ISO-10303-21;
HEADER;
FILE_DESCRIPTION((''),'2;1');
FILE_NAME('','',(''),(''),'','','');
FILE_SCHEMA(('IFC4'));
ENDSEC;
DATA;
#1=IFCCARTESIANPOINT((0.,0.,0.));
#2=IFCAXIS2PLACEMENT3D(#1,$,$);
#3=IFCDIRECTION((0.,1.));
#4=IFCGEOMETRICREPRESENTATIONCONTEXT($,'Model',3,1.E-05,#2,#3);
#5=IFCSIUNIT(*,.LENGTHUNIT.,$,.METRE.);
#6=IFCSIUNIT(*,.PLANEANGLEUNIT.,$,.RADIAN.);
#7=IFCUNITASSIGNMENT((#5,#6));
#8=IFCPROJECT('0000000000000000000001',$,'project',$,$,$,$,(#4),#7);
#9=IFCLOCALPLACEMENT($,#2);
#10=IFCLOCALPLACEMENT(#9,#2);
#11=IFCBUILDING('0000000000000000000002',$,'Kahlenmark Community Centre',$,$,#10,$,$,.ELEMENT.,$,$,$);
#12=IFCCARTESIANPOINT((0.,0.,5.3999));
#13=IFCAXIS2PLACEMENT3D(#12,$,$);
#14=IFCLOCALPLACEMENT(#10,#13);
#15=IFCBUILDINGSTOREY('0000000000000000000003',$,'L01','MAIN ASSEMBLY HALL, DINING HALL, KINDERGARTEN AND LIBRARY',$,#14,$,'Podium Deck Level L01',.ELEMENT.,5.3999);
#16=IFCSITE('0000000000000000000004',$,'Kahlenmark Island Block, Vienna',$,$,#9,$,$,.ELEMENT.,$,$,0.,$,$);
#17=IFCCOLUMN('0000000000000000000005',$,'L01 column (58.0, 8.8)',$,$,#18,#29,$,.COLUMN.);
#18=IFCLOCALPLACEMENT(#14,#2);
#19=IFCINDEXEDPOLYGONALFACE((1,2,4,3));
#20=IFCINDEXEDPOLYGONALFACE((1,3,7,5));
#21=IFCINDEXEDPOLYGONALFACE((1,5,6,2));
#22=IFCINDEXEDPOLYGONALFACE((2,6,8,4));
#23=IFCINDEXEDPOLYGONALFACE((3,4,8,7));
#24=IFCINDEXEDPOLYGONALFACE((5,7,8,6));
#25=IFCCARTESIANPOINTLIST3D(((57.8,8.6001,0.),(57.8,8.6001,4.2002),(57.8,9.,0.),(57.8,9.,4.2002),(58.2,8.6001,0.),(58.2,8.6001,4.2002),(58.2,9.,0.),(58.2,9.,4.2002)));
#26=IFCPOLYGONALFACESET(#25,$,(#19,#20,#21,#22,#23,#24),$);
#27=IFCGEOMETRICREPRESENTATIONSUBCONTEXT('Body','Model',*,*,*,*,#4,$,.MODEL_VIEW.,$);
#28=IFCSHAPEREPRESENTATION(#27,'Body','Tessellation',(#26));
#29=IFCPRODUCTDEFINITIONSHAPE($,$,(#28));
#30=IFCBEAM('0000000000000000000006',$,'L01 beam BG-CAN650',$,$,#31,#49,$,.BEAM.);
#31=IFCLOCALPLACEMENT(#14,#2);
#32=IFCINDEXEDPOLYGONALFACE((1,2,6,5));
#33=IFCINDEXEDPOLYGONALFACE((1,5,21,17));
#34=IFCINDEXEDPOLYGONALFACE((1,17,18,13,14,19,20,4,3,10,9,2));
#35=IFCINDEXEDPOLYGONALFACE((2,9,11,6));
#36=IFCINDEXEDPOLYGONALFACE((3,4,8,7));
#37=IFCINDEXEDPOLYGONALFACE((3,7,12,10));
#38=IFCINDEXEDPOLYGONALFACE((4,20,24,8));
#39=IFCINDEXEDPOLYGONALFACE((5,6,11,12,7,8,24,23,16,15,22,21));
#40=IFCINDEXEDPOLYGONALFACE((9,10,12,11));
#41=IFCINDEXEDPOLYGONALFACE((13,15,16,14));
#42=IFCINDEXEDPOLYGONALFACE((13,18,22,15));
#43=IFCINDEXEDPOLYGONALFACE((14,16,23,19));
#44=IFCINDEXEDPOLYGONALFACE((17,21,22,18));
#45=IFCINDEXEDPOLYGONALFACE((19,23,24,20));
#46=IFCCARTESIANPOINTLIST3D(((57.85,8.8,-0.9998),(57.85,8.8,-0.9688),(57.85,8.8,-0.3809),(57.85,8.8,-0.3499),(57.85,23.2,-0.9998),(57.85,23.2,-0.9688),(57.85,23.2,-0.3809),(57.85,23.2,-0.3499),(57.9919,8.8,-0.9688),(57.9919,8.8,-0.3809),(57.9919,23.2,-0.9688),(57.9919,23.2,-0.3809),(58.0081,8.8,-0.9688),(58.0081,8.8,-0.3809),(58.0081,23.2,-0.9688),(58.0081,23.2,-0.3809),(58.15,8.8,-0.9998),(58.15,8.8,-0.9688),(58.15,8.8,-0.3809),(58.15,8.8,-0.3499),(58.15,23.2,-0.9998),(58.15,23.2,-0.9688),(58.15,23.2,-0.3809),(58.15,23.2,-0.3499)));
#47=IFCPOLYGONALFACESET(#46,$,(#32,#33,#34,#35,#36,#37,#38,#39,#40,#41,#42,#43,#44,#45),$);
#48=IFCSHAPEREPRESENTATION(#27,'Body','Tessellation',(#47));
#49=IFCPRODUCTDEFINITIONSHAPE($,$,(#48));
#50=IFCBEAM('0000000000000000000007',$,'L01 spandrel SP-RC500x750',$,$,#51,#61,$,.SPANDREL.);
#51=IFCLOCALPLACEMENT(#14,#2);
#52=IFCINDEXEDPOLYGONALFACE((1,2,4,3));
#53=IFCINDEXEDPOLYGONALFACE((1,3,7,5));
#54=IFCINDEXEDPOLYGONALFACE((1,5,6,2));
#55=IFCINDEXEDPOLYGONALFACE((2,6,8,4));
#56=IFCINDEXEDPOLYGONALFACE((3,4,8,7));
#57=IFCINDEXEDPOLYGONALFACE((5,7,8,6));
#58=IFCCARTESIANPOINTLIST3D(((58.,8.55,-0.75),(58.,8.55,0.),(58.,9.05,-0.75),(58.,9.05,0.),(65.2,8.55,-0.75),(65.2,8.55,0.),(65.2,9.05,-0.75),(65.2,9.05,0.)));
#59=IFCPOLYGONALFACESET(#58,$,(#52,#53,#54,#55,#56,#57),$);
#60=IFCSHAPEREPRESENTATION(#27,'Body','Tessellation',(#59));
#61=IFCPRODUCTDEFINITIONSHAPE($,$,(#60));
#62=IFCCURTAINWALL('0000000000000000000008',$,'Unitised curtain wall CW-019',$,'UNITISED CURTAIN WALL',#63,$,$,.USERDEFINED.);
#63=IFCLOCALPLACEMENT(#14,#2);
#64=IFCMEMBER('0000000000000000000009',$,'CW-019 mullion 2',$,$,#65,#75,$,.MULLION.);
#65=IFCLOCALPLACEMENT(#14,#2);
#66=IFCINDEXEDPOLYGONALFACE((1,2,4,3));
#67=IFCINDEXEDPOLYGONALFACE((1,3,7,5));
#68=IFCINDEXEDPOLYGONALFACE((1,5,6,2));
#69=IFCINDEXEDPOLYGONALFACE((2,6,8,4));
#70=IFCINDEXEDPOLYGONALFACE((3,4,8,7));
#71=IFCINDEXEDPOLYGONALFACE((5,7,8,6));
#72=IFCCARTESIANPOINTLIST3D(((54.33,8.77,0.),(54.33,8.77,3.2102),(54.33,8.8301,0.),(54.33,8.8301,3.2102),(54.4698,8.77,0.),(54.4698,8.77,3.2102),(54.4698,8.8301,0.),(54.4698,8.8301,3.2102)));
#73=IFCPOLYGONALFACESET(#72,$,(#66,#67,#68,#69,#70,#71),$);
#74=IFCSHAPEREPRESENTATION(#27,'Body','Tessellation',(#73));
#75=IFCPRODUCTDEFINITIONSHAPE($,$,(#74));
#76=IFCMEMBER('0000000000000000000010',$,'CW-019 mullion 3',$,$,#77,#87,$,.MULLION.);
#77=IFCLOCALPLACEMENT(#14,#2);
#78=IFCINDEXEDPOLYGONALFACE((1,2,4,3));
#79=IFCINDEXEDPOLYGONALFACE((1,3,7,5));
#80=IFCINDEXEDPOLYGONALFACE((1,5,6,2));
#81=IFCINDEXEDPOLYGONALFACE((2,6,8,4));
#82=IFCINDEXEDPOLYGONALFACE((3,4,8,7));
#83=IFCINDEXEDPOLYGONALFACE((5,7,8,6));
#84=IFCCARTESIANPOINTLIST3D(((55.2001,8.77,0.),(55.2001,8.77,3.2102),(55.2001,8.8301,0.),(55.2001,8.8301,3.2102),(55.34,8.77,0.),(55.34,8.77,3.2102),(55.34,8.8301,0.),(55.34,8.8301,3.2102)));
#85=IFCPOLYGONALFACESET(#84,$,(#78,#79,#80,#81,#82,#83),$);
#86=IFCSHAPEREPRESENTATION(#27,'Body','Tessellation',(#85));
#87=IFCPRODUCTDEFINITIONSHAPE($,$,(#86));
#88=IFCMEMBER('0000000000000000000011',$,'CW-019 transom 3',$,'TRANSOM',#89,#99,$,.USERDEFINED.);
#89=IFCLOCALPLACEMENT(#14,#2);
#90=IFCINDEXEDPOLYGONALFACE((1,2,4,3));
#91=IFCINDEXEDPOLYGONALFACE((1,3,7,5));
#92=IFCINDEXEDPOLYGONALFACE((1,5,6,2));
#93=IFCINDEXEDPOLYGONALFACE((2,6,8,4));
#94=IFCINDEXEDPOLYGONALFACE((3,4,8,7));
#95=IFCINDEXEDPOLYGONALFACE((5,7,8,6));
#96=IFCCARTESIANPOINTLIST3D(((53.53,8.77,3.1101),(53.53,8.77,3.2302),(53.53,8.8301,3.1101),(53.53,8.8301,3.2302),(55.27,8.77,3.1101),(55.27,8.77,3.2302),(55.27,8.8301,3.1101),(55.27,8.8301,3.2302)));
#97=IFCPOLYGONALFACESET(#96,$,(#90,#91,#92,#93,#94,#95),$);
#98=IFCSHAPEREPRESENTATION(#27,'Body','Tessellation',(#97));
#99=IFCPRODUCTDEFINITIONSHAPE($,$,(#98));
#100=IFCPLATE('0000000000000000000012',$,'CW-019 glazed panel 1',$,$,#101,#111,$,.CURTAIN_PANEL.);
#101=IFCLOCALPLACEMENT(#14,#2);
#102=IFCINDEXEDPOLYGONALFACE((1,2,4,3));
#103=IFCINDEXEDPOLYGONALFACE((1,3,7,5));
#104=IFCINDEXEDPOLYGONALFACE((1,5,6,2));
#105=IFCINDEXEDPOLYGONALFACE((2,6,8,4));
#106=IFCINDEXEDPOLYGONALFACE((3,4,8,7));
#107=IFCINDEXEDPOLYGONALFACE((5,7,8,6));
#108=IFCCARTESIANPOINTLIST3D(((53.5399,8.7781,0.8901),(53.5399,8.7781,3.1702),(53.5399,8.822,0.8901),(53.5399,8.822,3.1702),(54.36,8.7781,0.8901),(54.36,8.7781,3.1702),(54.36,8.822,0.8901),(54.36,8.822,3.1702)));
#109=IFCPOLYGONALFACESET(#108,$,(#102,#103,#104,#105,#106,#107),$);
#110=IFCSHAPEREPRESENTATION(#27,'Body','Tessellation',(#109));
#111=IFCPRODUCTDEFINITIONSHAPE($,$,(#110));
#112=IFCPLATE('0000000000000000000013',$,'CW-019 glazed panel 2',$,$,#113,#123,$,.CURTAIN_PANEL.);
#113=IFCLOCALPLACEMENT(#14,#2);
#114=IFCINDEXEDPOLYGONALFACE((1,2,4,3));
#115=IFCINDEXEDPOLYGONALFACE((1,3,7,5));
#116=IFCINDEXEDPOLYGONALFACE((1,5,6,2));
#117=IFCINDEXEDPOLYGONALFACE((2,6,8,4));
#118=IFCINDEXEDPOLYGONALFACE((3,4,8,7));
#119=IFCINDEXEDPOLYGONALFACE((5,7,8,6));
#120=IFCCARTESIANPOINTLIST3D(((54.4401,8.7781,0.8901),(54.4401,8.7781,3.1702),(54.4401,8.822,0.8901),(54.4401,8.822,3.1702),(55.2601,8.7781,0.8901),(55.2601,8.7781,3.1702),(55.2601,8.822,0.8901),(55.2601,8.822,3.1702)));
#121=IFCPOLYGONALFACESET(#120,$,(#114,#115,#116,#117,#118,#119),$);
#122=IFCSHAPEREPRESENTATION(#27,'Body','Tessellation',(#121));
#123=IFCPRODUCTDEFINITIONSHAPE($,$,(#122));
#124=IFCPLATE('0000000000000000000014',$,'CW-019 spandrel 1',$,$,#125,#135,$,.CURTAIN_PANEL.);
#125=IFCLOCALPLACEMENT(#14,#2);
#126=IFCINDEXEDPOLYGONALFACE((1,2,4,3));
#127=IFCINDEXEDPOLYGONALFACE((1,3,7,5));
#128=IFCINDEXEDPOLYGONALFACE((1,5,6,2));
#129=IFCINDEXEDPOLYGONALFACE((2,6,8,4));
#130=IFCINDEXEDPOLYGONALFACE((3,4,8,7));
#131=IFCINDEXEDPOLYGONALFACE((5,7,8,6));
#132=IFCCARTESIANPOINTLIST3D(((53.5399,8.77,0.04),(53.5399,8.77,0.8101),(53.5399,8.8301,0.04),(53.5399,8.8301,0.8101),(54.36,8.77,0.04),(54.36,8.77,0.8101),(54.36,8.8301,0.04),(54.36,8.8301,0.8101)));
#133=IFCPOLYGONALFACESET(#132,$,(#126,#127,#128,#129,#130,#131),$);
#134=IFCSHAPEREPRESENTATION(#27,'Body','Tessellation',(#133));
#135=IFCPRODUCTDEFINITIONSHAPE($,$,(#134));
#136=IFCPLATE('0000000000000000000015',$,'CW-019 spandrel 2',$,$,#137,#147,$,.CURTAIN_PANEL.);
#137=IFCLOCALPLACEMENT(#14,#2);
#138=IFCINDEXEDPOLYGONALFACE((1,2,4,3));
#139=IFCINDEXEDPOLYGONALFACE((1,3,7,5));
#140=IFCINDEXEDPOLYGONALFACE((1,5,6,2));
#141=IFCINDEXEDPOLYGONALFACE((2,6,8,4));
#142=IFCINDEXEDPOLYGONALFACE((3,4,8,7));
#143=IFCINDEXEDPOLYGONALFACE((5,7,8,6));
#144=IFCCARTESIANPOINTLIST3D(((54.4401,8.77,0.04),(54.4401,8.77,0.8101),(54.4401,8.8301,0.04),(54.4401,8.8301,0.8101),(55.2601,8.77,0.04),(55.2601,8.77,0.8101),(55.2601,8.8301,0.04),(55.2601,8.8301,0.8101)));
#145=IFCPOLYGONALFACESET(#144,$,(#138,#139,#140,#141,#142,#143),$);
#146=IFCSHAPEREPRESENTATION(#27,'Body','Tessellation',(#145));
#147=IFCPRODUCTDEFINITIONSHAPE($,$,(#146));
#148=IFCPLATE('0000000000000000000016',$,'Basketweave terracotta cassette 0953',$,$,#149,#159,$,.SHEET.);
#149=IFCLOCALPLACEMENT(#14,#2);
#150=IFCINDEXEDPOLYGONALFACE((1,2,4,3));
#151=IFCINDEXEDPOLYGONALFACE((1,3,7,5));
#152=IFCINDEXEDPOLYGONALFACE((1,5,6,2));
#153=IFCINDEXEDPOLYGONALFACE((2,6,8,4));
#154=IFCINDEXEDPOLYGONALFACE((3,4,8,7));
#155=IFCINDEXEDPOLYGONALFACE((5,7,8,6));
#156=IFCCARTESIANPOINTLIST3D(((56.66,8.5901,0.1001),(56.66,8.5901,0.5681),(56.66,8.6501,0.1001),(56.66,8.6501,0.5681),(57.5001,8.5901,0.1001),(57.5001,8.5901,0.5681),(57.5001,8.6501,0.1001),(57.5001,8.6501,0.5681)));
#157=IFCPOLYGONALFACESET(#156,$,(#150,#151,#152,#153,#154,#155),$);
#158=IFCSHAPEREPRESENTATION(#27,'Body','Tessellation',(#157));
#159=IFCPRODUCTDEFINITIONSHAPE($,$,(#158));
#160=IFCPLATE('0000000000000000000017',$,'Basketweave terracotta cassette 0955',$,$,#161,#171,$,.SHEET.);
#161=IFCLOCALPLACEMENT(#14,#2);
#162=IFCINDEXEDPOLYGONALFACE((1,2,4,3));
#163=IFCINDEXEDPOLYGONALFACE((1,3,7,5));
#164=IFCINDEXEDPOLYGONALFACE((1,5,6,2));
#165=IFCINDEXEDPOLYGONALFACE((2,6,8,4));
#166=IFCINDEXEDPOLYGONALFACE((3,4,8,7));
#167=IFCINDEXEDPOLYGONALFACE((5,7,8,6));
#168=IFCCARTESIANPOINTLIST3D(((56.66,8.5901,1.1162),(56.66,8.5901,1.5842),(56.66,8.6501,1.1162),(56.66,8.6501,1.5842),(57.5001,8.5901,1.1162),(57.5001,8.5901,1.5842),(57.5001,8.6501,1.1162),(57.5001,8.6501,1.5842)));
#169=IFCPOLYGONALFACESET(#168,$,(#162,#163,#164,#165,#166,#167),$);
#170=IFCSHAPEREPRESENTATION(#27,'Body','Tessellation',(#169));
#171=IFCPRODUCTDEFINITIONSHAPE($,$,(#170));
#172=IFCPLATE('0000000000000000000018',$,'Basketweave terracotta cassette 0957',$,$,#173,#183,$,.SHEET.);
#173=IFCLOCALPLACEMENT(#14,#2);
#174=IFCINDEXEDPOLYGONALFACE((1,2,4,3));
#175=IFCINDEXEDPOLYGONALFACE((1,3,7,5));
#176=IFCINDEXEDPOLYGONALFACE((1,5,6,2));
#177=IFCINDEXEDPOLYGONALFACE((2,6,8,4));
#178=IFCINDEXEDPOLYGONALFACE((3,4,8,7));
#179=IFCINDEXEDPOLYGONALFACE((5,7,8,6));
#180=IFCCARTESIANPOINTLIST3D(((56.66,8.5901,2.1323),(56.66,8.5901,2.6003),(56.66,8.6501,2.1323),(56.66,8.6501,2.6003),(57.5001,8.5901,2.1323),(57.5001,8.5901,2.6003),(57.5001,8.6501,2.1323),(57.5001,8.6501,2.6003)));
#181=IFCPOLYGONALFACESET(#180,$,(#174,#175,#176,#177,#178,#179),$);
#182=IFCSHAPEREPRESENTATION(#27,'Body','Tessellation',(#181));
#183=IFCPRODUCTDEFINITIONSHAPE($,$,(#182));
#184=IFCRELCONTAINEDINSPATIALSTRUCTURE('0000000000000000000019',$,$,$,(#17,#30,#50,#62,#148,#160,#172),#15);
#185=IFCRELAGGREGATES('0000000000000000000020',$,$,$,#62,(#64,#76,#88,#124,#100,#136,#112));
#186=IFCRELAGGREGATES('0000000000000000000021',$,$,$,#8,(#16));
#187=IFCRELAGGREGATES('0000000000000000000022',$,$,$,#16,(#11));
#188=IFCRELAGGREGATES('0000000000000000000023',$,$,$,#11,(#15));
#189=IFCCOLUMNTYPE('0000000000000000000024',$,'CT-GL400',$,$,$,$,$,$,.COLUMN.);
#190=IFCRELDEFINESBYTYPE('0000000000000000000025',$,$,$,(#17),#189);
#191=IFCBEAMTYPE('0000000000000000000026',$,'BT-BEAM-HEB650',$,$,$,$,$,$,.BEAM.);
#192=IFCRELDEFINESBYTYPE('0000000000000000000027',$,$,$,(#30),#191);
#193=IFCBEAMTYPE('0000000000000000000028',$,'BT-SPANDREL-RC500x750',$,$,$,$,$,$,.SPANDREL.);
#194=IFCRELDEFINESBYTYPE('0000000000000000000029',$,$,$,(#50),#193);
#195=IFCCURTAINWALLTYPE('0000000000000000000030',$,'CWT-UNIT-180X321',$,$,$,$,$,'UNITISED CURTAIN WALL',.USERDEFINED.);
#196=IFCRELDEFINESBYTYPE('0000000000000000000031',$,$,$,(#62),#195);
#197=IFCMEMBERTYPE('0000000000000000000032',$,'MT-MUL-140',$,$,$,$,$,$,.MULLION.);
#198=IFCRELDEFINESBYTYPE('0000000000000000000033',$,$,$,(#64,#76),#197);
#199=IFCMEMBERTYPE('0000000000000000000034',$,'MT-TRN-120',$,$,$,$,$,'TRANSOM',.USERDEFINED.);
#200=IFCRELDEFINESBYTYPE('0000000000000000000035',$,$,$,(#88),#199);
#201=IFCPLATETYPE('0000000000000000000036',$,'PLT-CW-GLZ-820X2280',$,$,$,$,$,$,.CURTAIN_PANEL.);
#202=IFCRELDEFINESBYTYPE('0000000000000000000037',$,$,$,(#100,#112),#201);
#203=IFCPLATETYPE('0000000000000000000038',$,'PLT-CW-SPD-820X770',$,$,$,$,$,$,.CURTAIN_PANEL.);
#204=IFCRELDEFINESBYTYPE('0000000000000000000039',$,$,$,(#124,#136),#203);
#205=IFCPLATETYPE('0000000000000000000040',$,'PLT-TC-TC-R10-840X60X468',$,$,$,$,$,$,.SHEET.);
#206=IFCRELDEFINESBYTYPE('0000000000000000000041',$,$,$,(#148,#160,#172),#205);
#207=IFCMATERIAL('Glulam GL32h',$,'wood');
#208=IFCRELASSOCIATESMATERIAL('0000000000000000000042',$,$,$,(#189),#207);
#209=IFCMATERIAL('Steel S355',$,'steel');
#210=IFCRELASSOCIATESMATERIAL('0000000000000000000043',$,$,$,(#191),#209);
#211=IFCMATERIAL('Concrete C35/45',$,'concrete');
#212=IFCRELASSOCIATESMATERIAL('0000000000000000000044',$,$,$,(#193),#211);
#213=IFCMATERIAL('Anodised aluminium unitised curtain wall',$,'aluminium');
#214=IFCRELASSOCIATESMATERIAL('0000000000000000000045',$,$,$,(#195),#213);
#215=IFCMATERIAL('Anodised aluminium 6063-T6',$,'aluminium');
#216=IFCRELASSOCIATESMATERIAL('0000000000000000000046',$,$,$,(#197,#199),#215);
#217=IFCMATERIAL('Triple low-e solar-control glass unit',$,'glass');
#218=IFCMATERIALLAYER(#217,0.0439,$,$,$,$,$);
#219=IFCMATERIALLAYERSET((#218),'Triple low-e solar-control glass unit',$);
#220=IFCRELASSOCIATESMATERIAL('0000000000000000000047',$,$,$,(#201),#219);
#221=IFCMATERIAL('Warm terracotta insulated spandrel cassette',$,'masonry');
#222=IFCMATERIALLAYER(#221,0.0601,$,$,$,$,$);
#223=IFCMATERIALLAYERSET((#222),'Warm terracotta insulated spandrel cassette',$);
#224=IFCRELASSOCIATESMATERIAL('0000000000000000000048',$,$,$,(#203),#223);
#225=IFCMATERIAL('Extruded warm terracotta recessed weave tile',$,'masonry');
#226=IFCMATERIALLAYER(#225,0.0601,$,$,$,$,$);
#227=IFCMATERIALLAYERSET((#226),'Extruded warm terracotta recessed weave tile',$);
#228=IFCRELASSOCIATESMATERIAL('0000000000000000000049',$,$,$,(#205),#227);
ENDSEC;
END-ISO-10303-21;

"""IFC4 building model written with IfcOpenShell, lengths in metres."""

from ifc_helpers import new_model, si_unit, direction, frame, origin, origin_2d, place, context, subcontext, project, spatial, rectangle, i_section, extrude, material, layer, layer_set, material_profile, profile_set, type_object, element, aggregate, save


model = new_model("IFC4")

# Units and contexts
model_context = context("Model", 3, precision=1e-05, world=origin(), true_north=direction((0.0, 1.0)))
body_context = subcontext(model_context, "Body", "Model", "MODEL_VIEW")
ifc_project = project(units=[si_unit("LENGTHUNIT", "METRE"), si_unit("PLANEANGLEUNIT", "RADIAN")], contexts=[model_context])

# Site, building, storey
site_placement = place(None, origin())
site = spatial("IfcSite", under=ifc_project, at=site_placement, Name="Kahlenmark Island Block, Vienna", CompositionType="ELEMENT", RefElevation=0.0)
building_placement = place(site_placement, origin())
building = spatial("IfcBuilding", under=site, at=building_placement, Name="Kahlenmark Community Centre", CompositionType="ELEMENT")
storey_placement = place(building_placement, frame((0.0, 0.0, 5.3999)))
storey = spatial("IfcBuildingStorey", under=building, at=storey_placement, Name="L01", Description="MAIN ASSEMBLY HALL, DINING HALL, KINDERGARTEN AND LIBRARY", LongName="Podium Deck Level L01", CompositionType="ELEMENT", Elevation=5.3999)

# Column
ifc_material_1 = material(Name="Glulam GL32h", Category="wood")
ifc_material_profile_1 = material_profile(ifc_material_1, rectangle(XDim=0.3999, YDim=0.3999, at=origin_2d()), Name="GL32h 400x400")
ifc_profile_set_1 = profile_set([ifc_material_profile_1], Name="Glulam GL32h")
column_type = type_object("IfcColumnType", Name="CT-GL400", PredefinedType="COLUMN", material=ifc_profile_set_1)
column_placement = place(storey_placement, frame((58.0, 8.8, 0.0), z_axis=(0.0, 0.0, 1.0), x_axis=(1.0, 0.0, 0.0)))
element("IfcColumn", 1, at=column_placement, inside=storey, type_object=column_type, Name="L01 column (58.0, 8.8)", PredefinedType="COLUMN", context=body_context, shape_type="SweptSolid", body=[
    extrude(rectangle(XDim=0.3999, YDim=0.3999, at=origin_2d()), origin(), (0.0, 0.0, 1.0), 4.2002),
])

# Beams
ifc_material_2 = material(Name="Steel S355", Category="steel")
ifc_material_profile_2 = material_profile(ifc_material_2, i_section(OverallWidth=0.3, OverallDepth=0.6499, WebThickness=0.0161, FlangeThickness=0.031, at=origin_2d()), Name="HEB 650")
ifc_profile_set_2 = profile_set([ifc_material_profile_2], Name="Steel S355")
beam_type_1 = type_object("IfcBeamType", Name="BT-BEAM-HEB650", PredefinedType="BEAM", material=ifc_profile_set_2)
beam_1_placement = place(storey_placement, frame((58.0, 8.8, -0.6748), z_axis=(0.0, 1.0, 0.0), x_axis=(-1.0, 0.0, 0.0)))
element("IfcBeam", 2, at=beam_1_placement, inside=storey, type_object=beam_type_1, Name="L01 beam BG-CAN650", PredefinedType="BEAM", context=body_context, shape_type="SweptSolid", body=[
    extrude(i_section(OverallWidth=0.3, OverallDepth=0.6499, WebThickness=0.0161, FlangeThickness=0.031, at=origin_2d()), origin(), (0.0, 0.0, 1.0), 14.3999),
])
ifc_material_3 = material(Name="Concrete C35/45", Category="concrete")
ifc_material_profile_3 = material_profile(ifc_material_3, rectangle(XDim=0.5, YDim=0.75, at=origin_2d()), Name="RC 500x750")
ifc_profile_set_3 = profile_set([ifc_material_profile_3], Name="Concrete C35/45")
beam_type_2 = type_object("IfcBeamType", Name="BT-SPANDREL-RC500x750", PredefinedType="SPANDREL", material=ifc_profile_set_3)
beam_2_placement = place(storey_placement, frame((58.0, 8.8, -0.375), z_axis=(1.0, 0.0, 0.0), x_axis=(0.0, 1.0, 0.0)))
element("IfcBeam", 3, at=beam_2_placement, inside=storey, type_object=beam_type_2, Name="L01 spandrel SP-RC500x750", PredefinedType="SPANDREL", context=body_context, shape_type="SweptSolid", body=[
    extrude(rectangle(XDim=0.5, YDim=0.75, at=origin_2d()), origin(), (0.0, 0.0, 1.0), 7.2),
])

# Curtain wall, members, plates
ifc_material_4 = material(Name="Anodised aluminium unitised curtain wall", Category="aluminium")
curtain_wall_type = type_object("IfcCurtainWallType", Name="CWT-UNIT-180X321", ElementType="UNITISED CURTAIN WALL", PredefinedType="USERDEFINED", material=ifc_material_4)
curtain_wall_placement = place(storey_placement, origin())
curtain_wall = element("IfcCurtainWall", 4, at=curtain_wall_placement, inside=storey, type_object=curtain_wall_type, Name="Unitised curtain wall CW-019", ObjectType="UNITISED CURTAIN WALL", PredefinedType="USERDEFINED")
ifc_material_5 = material(Name="Anodised aluminium 6063-T6", Category="aluminium")
ifc_material_profile_4 = material_profile(ifc_material_5, rectangle(XDim=0.0601, YDim=0.1399, at=origin_2d()), Name="ALU MULLION 60x140")
ifc_profile_set_4 = profile_set([ifc_material_profile_4], Name="Anodised aluminium 6063-T6")
member_type_1 = type_object("IfcMemberType", Name="MT-MUL-140", PredefinedType="MULLION", material=ifc_profile_set_4)
member_1_placement = place(storey_placement, frame((54.3999, 8.8, 0.0), z_axis=(0.0, 0.0, 1.0), x_axis=(0.0, 1.0, 0.0)))
member_1 = element("IfcMember", 5, at=member_1_placement, type_object=member_type_1, Name="CW-019 mullion 2", PredefinedType="MULLION", context=body_context, shape_type="SweptSolid", body=[
    extrude(rectangle(XDim=0.0601, YDim=0.1399, at=origin_2d()), origin(), (0.0, 0.0, 1.0), 3.2102),
])
member_2_placement = place(storey_placement, frame((55.27, 8.8, 0.0), z_axis=(0.0, 0.0, 1.0), x_axis=(0.0, 1.0, 0.0)))
member_2 = element("IfcMember", 6, at=member_2_placement, type_object=member_type_1, Name="CW-019 mullion 3", PredefinedType="MULLION", context=body_context, shape_type="SweptSolid", body=[
    extrude(rectangle(XDim=0.0601, YDim=0.1399, at=origin_2d()), origin(), (0.0, 0.0, 1.0), 3.2102),
])
ifc_material_profile_5 = material_profile(ifc_material_5, rectangle(XDim=0.0601, YDim=0.1201, at=origin_2d()), Name="ALU TRANSOM 60x120")
ifc_profile_set_5 = profile_set([ifc_material_profile_5], Name="Anodised aluminium 6063-T6")
member_type_2 = type_object("IfcMemberType", Name="MT-TRN-120", ElementType="TRANSOM", PredefinedType="USERDEFINED", material=ifc_profile_set_5)
member_3_placement = place(storey_placement, frame((53.53, 8.8, 3.1702), z_axis=(1.0, 0.0, 0.0), x_axis=(0.0, 1.0, 0.0)))
member_3 = element("IfcMember", 7, at=member_3_placement, type_object=member_type_2, Name="CW-019 transom 3", ObjectType="TRANSOM", PredefinedType="USERDEFINED", context=body_context, shape_type="SweptSolid", body=[
    extrude(rectangle(XDim=0.0601, YDim=0.1201, at=origin_2d()), origin(), (0.0, 0.0, 1.0), 1.74),
])
ifc_material_6 = material(Name="Triple low-e solar-control glass unit", Category="glass")
ifc_layer_1 = layer(ifc_material_6, 0.0439)
ifc_layer_set_1 = layer_set([ifc_layer_1], Name="Triple low-e solar-control glass unit")
plate_type_1 = type_object("IfcPlateType", Name="PLT-CW-GLZ-820X2280", PredefinedType="CURTAIN_PANEL", material=ifc_layer_set_1)
plate_1_placement = place(storey_placement, frame((53.95, 8.8, 0.8901), z_axis=(0.0, 0.0, 1.0), x_axis=(1.0, 0.0, 0.0)))
plate_1 = element("IfcPlate", 8, at=plate_1_placement, type_object=plate_type_1, Name="CW-019 glazed panel 1", PredefinedType="CURTAIN_PANEL", context=body_context, shape_type="SweptSolid", body=[
    extrude(rectangle(XDim=0.8201, YDim=0.0439, at=origin_2d()), origin(), (0.0, 0.0, 1.0), 2.28),
])
plate_2_placement = place(storey_placement, frame((54.8501, 8.8, 0.8901), z_axis=(0.0, 0.0, 1.0), x_axis=(1.0, 0.0, 0.0)))
plate_2 = element("IfcPlate", 9, at=plate_2_placement, type_object=plate_type_1, Name="CW-019 glazed panel 2", PredefinedType="CURTAIN_PANEL", context=body_context, shape_type="SweptSolid", body=[
    extrude(rectangle(XDim=0.8201, YDim=0.0439, at=origin_2d()), origin(), (0.0, 0.0, 1.0), 2.28),
])
ifc_material_7 = material(Name="Warm terracotta insulated spandrel cassette", Category="masonry")
ifc_layer_2 = layer(ifc_material_7, 0.0601)
ifc_layer_set_2 = layer_set([ifc_layer_2], Name="Warm terracotta insulated spandrel cassette")
plate_type_2 = type_object("IfcPlateType", Name="PLT-CW-SPD-820X770", PredefinedType="CURTAIN_PANEL", material=ifc_layer_set_2)
plate_3_placement = place(storey_placement, frame((53.95, 8.8, 0.04), z_axis=(0.0, 0.0, 1.0), x_axis=(1.0, 0.0, 0.0)))
plate_3 = element("IfcPlate", 10, at=plate_3_placement, type_object=plate_type_2, Name="CW-019 spandrel 1", PredefinedType="CURTAIN_PANEL", context=body_context, shape_type="SweptSolid", body=[
    extrude(rectangle(XDim=0.8201, YDim=0.0601, at=origin_2d()), origin(), (0.0, 0.0, 1.0), 0.77),
])
plate_4_placement = place(storey_placement, frame((54.8501, 8.8, 0.04), z_axis=(0.0, 0.0, 1.0), x_axis=(1.0, 0.0, 0.0)))
plate_4 = element("IfcPlate", 11, at=plate_4_placement, type_object=plate_type_2, Name="CW-019 spandrel 2", PredefinedType="CURTAIN_PANEL", context=body_context, shape_type="SweptSolid", body=[
    extrude(rectangle(XDim=0.8201, YDim=0.0601, at=origin_2d()), origin(), (0.0, 0.0, 1.0), 0.77),
])
aggregate(curtain_wall, [member_1, member_2, member_3, plate_3, plate_1, plate_4, plate_2])

# Plates
ifc_material_8 = material(Name="Extruded warm terracotta recessed weave tile", Category="masonry")
ifc_layer_3 = layer(ifc_material_8, 0.0601)
ifc_layer_set_3 = layer_set([ifc_layer_3], Name="Extruded warm terracotta recessed weave tile")
plate_type_3 = type_object("IfcPlateType", Name="PLT-TC-TC-R10-840X60X468", PredefinedType="SHEET", material=ifc_layer_set_3)
for number, where, z_axis, x_axis, name in (
    (12, (57.0801, 8.6201, 0.1001), (0.0, 0.0, 1.0), (1.0, 0.0, 0.0), "Basketweave terracotta cassette 0953"),
    (13, (57.0801, 8.6201, 1.1162), (0.0, 0.0, 1.0), (1.0, 0.0, 0.0), "Basketweave terracotta cassette 0955"),
    (14, (57.0801, 8.6201, 2.1323), (0.0, 0.0, 1.0), (1.0, 0.0, 0.0), "Basketweave terracotta cassette 0957"),
):
    element("IfcPlate", number, at=place(storey_placement, frame(where, z_axis=z_axis, x_axis=x_axis)), inside=storey, type_object=plate_type_3, Name=name, PredefinedType="SHEET", context=body_context, shape_type="SweptSolid", body=[
        extrude(rectangle(XDim=0.8401, YDim=0.0601, at=origin_2d()), origin(), (0.0, 0.0, 1.0), 0.468),
    ])

save(model, "model.ifc")
